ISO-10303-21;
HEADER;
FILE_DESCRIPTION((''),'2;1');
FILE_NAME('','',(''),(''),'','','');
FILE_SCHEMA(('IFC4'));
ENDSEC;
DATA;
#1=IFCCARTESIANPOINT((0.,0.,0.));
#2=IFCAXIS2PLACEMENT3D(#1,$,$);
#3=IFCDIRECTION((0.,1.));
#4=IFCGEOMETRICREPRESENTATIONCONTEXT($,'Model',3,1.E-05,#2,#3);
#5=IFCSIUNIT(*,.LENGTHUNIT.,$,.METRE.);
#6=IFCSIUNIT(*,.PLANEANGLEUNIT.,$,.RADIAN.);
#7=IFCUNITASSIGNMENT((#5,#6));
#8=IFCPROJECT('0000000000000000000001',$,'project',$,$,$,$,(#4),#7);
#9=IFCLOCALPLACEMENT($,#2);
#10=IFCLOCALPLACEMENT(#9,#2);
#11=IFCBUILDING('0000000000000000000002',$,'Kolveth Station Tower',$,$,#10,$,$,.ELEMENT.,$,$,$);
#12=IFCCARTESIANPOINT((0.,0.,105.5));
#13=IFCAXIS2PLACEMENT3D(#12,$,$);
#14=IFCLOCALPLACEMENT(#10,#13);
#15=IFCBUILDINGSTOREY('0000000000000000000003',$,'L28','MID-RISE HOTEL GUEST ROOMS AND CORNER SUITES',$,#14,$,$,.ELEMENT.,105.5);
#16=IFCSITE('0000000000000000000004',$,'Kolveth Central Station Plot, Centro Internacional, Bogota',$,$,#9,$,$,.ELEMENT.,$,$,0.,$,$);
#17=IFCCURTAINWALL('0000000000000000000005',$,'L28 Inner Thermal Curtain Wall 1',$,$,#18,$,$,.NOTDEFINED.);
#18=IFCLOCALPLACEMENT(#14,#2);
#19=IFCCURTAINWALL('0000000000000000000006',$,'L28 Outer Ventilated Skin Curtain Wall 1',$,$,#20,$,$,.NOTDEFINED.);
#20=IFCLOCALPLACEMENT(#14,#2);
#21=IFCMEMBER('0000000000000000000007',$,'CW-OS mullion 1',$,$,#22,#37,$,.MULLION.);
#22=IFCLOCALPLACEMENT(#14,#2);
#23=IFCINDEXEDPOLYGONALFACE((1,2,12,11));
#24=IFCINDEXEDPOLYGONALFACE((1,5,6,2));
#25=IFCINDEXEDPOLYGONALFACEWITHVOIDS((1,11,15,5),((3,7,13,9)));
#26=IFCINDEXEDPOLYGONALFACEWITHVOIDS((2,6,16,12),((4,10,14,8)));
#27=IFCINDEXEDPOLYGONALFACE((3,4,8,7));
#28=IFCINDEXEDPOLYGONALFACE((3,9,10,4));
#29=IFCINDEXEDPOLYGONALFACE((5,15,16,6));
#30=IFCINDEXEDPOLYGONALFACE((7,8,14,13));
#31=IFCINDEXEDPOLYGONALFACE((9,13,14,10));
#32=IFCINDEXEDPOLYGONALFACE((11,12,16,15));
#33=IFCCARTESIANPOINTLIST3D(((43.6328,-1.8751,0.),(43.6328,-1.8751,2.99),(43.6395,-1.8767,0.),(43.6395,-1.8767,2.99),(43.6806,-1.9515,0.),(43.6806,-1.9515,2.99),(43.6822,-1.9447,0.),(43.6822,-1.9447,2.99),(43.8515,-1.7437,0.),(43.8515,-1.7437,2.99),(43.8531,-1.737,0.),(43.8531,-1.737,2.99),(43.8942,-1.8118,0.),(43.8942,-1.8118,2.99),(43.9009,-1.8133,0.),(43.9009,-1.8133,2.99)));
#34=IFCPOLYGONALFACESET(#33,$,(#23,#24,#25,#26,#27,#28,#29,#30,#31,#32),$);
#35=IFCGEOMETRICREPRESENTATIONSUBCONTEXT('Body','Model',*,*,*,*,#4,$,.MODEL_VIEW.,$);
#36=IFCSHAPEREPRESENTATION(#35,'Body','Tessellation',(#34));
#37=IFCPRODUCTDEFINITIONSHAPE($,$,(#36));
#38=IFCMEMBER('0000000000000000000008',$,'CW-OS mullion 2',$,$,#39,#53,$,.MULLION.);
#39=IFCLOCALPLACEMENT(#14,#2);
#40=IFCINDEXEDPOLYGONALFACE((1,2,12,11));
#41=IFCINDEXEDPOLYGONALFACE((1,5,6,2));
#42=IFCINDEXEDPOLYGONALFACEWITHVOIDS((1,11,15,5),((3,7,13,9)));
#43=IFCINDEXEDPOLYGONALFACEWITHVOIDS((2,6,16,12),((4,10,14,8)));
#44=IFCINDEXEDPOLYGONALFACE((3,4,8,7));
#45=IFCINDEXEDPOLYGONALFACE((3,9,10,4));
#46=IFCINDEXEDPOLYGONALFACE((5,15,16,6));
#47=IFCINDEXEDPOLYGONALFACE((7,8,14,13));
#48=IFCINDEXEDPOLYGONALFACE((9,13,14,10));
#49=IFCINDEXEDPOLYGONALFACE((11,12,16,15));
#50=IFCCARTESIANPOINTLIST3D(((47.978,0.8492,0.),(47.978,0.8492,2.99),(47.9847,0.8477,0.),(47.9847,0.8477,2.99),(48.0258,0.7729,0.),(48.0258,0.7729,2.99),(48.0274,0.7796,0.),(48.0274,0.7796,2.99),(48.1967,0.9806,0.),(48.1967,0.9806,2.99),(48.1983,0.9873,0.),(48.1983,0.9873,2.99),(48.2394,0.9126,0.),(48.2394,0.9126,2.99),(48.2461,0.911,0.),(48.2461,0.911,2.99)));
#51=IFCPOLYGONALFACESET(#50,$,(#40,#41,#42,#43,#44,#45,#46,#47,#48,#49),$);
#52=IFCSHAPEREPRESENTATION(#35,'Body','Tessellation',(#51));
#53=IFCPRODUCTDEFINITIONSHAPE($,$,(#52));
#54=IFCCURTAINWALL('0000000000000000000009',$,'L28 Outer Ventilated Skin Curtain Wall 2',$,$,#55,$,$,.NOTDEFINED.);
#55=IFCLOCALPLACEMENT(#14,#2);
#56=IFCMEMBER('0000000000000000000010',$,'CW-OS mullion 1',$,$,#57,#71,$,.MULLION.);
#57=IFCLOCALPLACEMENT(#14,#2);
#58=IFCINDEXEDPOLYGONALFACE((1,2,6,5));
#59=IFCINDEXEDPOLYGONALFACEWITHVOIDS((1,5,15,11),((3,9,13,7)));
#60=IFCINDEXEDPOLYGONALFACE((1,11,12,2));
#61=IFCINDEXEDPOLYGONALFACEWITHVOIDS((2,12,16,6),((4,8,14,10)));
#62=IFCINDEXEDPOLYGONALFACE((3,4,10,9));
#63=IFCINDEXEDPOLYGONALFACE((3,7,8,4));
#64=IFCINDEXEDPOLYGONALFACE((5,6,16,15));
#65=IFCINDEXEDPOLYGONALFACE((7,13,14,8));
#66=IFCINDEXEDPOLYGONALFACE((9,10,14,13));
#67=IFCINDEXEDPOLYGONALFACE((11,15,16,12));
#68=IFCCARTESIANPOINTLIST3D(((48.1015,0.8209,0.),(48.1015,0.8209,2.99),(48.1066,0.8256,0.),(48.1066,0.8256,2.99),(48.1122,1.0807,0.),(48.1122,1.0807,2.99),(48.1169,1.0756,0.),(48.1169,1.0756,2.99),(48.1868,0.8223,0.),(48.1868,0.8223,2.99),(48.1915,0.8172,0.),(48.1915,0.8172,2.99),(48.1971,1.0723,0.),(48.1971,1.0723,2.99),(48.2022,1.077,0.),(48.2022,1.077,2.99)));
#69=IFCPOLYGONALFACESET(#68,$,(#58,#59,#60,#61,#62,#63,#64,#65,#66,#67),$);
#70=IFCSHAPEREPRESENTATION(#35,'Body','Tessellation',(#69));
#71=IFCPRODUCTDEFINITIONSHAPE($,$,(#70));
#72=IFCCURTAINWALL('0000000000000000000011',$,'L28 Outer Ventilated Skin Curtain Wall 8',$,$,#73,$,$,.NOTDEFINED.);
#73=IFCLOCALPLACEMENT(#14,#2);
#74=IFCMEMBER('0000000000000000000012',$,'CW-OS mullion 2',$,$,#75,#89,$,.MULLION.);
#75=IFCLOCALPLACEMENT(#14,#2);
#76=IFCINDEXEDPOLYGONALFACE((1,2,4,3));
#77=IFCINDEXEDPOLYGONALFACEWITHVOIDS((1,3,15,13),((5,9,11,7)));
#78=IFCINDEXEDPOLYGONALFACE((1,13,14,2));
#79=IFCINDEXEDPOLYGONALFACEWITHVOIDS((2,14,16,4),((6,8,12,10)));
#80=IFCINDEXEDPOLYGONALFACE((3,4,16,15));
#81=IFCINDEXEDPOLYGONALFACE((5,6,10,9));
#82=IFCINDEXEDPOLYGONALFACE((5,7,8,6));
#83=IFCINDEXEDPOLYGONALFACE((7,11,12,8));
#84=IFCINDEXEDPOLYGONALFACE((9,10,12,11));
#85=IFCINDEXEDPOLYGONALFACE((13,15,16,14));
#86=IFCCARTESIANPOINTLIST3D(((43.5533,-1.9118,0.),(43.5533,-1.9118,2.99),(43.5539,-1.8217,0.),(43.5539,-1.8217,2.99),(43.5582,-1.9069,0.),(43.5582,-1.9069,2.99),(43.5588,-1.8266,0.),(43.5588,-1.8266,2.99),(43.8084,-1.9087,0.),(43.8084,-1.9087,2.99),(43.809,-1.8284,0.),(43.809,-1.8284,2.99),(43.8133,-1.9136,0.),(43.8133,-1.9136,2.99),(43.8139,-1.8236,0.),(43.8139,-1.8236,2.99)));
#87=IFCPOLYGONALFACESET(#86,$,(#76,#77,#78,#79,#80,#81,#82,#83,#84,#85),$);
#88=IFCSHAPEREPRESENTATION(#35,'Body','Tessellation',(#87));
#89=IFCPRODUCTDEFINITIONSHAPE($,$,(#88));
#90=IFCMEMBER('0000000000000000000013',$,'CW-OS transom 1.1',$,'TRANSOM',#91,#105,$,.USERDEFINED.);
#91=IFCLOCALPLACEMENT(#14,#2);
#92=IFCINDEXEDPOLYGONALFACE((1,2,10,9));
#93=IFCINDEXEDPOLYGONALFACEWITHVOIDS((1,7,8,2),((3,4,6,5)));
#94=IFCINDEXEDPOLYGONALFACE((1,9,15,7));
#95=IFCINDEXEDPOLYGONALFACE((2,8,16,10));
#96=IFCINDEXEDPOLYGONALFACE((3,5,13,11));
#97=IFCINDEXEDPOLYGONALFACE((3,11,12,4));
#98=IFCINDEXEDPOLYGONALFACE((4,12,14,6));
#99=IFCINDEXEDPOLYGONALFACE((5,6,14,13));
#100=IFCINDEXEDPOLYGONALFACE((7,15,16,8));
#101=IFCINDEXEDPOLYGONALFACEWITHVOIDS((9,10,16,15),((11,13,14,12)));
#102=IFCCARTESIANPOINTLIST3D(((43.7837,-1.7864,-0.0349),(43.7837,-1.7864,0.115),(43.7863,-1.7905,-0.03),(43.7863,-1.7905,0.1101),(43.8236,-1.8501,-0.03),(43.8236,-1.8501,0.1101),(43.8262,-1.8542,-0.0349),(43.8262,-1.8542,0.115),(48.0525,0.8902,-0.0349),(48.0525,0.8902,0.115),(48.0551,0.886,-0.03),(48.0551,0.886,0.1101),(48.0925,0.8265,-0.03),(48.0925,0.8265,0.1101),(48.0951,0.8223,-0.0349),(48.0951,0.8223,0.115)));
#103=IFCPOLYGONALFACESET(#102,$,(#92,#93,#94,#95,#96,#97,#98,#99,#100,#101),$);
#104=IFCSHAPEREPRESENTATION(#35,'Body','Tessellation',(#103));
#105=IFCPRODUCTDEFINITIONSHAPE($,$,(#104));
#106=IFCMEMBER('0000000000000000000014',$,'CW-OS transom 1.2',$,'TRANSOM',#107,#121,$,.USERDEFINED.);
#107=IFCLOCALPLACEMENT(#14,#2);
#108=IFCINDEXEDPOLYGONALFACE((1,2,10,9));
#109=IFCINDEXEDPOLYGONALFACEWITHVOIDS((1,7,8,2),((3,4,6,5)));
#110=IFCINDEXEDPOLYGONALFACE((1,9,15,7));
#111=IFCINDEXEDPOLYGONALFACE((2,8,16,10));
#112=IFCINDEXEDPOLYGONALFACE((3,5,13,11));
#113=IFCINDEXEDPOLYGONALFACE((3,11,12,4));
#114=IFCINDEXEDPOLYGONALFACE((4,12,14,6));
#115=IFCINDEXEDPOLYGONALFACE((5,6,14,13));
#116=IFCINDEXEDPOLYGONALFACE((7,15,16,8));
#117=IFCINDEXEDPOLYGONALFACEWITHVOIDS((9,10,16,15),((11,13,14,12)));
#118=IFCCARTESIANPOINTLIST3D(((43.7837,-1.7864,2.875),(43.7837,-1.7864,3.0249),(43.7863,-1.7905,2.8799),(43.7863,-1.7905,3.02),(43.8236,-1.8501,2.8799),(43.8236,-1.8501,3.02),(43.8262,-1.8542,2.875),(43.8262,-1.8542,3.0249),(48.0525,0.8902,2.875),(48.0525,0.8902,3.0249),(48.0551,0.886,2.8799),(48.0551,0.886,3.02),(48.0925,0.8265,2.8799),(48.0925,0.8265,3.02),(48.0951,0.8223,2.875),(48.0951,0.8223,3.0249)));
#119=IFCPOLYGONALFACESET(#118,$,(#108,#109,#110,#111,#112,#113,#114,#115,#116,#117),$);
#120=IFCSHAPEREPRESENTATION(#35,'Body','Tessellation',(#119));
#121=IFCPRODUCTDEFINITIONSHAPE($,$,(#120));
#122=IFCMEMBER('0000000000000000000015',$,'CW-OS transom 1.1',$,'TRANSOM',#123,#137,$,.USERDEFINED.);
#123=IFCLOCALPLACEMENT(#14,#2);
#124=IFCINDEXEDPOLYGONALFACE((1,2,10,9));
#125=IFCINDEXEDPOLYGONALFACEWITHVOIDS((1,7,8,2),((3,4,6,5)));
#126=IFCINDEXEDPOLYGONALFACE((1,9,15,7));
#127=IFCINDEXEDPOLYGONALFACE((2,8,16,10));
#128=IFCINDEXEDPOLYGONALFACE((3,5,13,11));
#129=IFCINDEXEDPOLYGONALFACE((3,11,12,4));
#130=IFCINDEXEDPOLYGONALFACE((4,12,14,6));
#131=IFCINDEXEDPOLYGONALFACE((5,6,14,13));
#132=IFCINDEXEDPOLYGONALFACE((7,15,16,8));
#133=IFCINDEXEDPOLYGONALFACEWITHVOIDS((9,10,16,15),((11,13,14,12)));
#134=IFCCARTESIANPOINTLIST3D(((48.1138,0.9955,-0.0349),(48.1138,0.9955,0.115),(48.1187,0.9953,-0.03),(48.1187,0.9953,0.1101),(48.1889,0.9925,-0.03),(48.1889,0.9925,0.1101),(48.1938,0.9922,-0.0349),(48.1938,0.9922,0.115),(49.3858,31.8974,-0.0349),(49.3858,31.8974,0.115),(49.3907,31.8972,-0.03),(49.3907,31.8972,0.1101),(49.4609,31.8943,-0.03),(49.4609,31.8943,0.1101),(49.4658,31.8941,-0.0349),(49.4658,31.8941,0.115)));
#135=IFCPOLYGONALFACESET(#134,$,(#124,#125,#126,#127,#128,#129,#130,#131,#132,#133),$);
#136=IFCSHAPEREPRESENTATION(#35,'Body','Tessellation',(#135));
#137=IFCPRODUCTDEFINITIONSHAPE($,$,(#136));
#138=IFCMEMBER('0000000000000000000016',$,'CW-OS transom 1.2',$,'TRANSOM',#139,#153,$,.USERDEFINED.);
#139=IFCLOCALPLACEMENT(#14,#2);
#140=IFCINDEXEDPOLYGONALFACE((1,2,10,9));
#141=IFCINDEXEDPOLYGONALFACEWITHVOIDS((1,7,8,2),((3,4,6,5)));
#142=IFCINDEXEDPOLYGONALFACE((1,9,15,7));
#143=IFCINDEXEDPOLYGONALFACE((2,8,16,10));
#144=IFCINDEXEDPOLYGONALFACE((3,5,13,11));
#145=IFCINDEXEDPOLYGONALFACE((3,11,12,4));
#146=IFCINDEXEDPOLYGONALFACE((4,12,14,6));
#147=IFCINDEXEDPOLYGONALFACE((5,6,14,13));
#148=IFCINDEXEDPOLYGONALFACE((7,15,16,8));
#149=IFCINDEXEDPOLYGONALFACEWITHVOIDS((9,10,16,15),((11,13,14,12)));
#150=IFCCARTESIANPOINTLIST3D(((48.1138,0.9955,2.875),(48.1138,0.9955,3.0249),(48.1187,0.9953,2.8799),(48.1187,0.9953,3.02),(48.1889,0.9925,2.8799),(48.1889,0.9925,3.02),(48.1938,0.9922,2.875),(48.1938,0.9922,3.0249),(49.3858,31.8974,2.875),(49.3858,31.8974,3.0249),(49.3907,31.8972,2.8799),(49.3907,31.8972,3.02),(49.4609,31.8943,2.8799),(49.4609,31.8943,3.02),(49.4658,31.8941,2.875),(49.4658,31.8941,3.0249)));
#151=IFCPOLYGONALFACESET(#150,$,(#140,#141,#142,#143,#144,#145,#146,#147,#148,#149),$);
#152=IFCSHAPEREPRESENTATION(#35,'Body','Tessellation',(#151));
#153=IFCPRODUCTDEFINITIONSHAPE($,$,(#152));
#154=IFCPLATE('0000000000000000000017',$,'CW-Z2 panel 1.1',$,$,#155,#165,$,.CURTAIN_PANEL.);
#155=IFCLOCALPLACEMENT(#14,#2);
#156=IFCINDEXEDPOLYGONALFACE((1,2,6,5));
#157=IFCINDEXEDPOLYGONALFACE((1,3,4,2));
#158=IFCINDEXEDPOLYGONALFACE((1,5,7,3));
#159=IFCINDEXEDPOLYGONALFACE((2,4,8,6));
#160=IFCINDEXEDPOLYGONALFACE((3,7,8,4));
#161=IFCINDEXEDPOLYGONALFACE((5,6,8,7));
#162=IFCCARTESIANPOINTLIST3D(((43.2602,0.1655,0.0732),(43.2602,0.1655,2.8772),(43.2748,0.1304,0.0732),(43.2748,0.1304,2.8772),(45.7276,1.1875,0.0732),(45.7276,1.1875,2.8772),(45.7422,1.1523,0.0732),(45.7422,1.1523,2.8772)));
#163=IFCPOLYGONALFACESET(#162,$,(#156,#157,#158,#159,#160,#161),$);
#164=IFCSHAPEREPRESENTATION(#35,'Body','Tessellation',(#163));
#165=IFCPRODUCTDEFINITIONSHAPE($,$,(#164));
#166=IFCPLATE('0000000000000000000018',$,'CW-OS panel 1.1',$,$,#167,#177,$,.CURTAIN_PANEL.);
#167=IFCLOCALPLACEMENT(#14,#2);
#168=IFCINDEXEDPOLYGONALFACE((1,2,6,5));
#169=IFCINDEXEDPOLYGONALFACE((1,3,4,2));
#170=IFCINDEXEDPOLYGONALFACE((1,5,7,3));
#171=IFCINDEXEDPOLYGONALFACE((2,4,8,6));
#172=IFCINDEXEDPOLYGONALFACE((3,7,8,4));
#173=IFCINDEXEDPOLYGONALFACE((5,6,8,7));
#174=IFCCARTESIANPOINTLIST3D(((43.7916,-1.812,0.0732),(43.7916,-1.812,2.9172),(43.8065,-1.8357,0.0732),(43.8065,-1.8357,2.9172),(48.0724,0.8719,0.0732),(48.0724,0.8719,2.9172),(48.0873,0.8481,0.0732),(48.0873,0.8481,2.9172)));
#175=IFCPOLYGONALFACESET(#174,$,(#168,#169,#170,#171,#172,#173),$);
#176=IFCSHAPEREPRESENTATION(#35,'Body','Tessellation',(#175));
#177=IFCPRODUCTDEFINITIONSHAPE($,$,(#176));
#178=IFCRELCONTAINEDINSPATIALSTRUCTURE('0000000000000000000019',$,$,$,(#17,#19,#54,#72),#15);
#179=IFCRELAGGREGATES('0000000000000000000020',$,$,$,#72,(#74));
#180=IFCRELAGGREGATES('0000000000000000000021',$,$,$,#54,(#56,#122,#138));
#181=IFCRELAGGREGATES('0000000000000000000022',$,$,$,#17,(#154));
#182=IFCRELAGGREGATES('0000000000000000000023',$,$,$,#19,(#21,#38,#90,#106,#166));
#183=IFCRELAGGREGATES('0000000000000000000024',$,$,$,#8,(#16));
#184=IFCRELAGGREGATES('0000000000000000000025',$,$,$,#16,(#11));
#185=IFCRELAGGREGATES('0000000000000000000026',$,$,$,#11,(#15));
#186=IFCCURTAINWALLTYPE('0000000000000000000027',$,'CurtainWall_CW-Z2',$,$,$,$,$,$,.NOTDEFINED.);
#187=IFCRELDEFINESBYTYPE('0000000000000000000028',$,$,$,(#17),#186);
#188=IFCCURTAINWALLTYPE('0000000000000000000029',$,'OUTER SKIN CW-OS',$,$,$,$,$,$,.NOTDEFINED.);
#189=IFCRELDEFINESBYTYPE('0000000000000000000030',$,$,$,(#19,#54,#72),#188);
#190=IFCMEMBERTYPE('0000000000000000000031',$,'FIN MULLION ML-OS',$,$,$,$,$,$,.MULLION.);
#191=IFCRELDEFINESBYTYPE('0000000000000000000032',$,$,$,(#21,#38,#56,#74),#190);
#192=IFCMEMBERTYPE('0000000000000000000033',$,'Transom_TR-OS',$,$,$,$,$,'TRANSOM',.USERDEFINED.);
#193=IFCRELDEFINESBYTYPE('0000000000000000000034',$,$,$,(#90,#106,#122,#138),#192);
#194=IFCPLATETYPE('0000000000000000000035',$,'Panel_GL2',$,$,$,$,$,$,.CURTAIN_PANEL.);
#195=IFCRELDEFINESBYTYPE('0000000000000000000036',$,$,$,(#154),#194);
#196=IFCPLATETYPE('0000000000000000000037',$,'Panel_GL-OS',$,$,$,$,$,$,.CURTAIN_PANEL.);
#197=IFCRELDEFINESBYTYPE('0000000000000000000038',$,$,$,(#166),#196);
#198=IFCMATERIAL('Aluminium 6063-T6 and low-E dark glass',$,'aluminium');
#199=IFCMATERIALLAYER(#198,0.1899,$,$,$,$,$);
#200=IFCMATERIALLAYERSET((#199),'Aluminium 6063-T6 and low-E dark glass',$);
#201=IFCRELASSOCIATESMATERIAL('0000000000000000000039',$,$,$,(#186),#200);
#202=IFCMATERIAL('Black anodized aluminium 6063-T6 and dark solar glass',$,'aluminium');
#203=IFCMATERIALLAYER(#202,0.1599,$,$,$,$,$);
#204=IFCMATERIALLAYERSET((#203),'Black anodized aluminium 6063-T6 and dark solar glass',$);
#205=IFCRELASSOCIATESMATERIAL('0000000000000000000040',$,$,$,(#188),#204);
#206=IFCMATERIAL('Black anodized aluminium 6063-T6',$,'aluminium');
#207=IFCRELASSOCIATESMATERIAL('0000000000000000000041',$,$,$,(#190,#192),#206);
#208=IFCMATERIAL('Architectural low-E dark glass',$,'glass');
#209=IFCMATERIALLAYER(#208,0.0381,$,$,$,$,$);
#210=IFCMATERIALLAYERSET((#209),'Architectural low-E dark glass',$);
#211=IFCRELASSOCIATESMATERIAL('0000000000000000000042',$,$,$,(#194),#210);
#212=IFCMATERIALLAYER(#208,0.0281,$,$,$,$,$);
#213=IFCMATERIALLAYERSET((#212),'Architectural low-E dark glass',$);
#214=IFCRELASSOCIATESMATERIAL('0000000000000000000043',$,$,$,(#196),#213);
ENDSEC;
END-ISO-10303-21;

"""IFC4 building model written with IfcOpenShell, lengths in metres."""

from ifc_helpers import new_model, si_unit, direction, frame, origin, origin_2d, place, context, subcontext, project, spatial, rectangle, hollow_rectangle, extrude, source, transform, mapped, material, layer, layer_set, material_profile, profile_set, type_object, element, aggregate, save


model = new_model("IFC4")

# Units and contexts
model_context = context("Model", 3, precision=1e-05, world=origin(), true_north=direction((0.0, 1.0)))
body_context = subcontext(model_context, "Body", "Model", "MODEL_VIEW")
ifc_project = project(units=[si_unit("LENGTHUNIT", "METRE"), si_unit("PLANEANGLEUNIT", "RADIAN")], contexts=[model_context])

# Site, building, storey
site_placement = place(None, origin())
site = spatial("IfcSite", under=ifc_project, at=site_placement, Name="Kolveth Central Station Plot, Centro Internacional, Bogota", CompositionType="ELEMENT", RefElevation=0.0)
building_placement = place(site_placement, origin())
building = spatial("IfcBuilding", under=site, at=building_placement, Name="Kolveth Station Tower", CompositionType="ELEMENT")
storey_placement = place(building_placement, frame((0.0, 0.0, 105.5)))
storey = spatial("IfcBuildingStorey", under=building, at=storey_placement, Name="L28", Description="MID-RISE HOTEL GUEST ROOMS AND CORNER SUITES", CompositionType="ELEMENT", Elevation=105.5)

# Curtain wall
ifc_material_1 = material(Name="Aluminium 6063-T6 and low-E dark glass", Category="aluminium")
ifc_layer_1 = layer(ifc_material_1, 0.1899)
ifc_layer_set_1 = layer_set([ifc_layer_1], Name="Aluminium 6063-T6 and low-E dark glass")
curtain_wall_type_1 = type_object("IfcCurtainWallType", Name="CurtainWall_CW-Z2", PredefinedType="NOTDEFINED", material=ifc_layer_set_1)
curtain_wall_1_placement = place(storey_placement, origin())
curtain_wall_1 = element("IfcCurtainWall", 1, at=curtain_wall_1_placement, inside=storey, type_object=curtain_wall_type_1, Name="L28 Inner Thermal Curtain Wall 1", PredefinedType="NOTDEFINED")
ifc_material_2 = material(Name="Black anodized aluminium 6063-T6", Category="aluminium")

# Curtain wall, members
ifc_material_3 = material(Name="Black anodized aluminium 6063-T6 and dark solar glass", Category="aluminium")
ifc_layer_2 = layer(ifc_material_3, 0.1599)
ifc_layer_set_2 = layer_set([ifc_layer_2], Name="Black anodized aluminium 6063-T6 and dark solar glass")
curtain_wall_type_2 = type_object("IfcCurtainWallType", Name="OUTER SKIN CW-OS", PredefinedType="NOTDEFINED", material=ifc_layer_set_2)
curtain_wall_2_placement = place(storey_placement, origin())
curtain_wall_2 = element("IfcCurtainWall", 2, at=curtain_wall_2_placement, inside=storey, type_object=curtain_wall_type_2, Name="L28 Outer Ventilated Skin Curtain Wall 1", PredefinedType="NOTDEFINED")
ifc_material_profile_1 = material_profile(ifc_material_2, hollow_rectangle(XDim=0.0901, YDim=0.26, WallThickness=0.0049, at=origin_2d()), Name="ALU-90x260x5")
ifc_profile_set_1 = profile_set([ifc_material_profile_1], Name="Black anodized aluminium 6063-T6")
member_type_1 = type_object("IfcMemberType", Name="FIN MULLION ML-OS", PredefinedType="MULLION", material=ifc_profile_set_1)
shared_shape_1 = source(origin(), body_context, "Body", "SweptSolid", [
    extrude(hollow_rectangle(XDim=0.0901, YDim=0.26, WallThickness=0.0049, at=origin_2d()), origin(), (0.0, 0.0, 1.0), 2.99),
])
member_1_placement = place(storey_placement, frame((43.7668, -1.8442, 0.0), z_axis=(0.0, 0.0, 1.0), x_axis=(-0.531192, 0.847251, 0.0)))
member_1 = element("IfcMember", 3, at=member_1_placement, type_object=member_type_1, Name="CW-OS mullion 1", PredefinedType="MULLION", context=body_context, shape_type="MappedRepresentation", body=[
    mapped(shared_shape_1, transform((0.0, 0.0, 0.0), x_axis=(1.0, 0.0, 0.0), y_axis=(0.0, 1.0, 0.0), z_axis=(0.0, 0.0, 1.0), scale=1.0)),
])
member_2_placement = place(storey_placement, frame((48.1121, 0.8801, 0.0), z_axis=(0.0, 0.0, 1.0), x_axis=(-0.531192, 0.847251, 0.0)))
member_2 = element("IfcMember", 4, at=member_2_placement, type_object=member_type_1, Name="CW-OS mullion 2", PredefinedType="MULLION", context=body_context, shape_type="MappedRepresentation", body=[
    mapped(shared_shape_1, transform((0.0, 0.0, 0.0), x_axis=(1.0, 0.0, 0.0), y_axis=(0.0, 1.0, 0.0), z_axis=(0.0, 0.0, 1.0), scale=1.0)),
])

# Curtain walls, members
curtain_wall_3_placement = place(storey_placement, origin())
curtain_wall_3 = element("IfcCurtainWall", 5, at=curtain_wall_3_placement, inside=storey, type_object=curtain_wall_type_2, Name="L28 Outer Ventilated Skin Curtain Wall 2", PredefinedType="NOTDEFINED")
member_3_placement = place(storey_placement, frame((48.1519, 0.949, 0.0), z_axis=(0.0, 0.0, 1.0), x_axis=(-0.999154, 0.041128, 0.0)))
member_3 = element("IfcMember", 6, at=member_3_placement, type_object=member_type_1, Name="CW-OS mullion 1", PredefinedType="MULLION", context=body_context, shape_type="MappedRepresentation", body=[
    mapped(shared_shape_1, transform((0.0, 0.0, 0.0), x_axis=(1.0, 0.0, 0.0), y_axis=(0.0, 1.0, 0.0), z_axis=(0.0, 0.0, 1.0), scale=1.0)),
])
curtain_wall_4_placement = place(storey_placement, origin())
curtain_wall_4 = element("IfcCurtainWall", 7, at=curtain_wall_4_placement, inside=storey, type_object=curtain_wall_type_2, Name="L28 Outer Ventilated Skin Curtain Wall 8", PredefinedType="NOTDEFINED")
member_4_placement = place(storey_placement, frame((43.6836, -1.8677, 0.0), z_axis=(0.0, 0.0, 1.0), x_axis=(0.007148, 0.999974, 0.0)))
member_4 = element("IfcMember", 8, at=member_4_placement, type_object=member_type_1, Name="CW-OS mullion 2", PredefinedType="MULLION", context=body_context, shape_type="MappedRepresentation", body=[
    mapped(shared_shape_1, transform((0.0, 0.0, 0.0), x_axis=(1.0, 0.0, 0.0), y_axis=(0.0, 1.0, 0.0), z_axis=(0.0, 0.0, 1.0), scale=1.0)),
])
aggregate(curtain_wall_4, [member_4])

# Members
ifc_material_profile_2 = material_profile(ifc_material_2, hollow_rectangle(XDim=0.0801, YDim=0.1499, WallThickness=0.0049, at=origin_2d()), Name="ALU-80x150x5")
ifc_profile_set_2 = profile_set([ifc_material_profile_2], Name="Black anodized aluminium 6063-T6")
member_type_2 = type_object("IfcMemberType", Name="Transom_TR-OS", ElementType="TRANSOM", PredefinedType="USERDEFINED", material=ifc_profile_set_2)
shared_shape_2 = source(origin(), body_context, "Body", "SweptSolid", [
    extrude(hollow_rectangle(XDim=0.0801, YDim=0.1499, WallThickness=0.0049, at=origin_2d()), origin(), (0.0, 0.0, 1.0), 5.0386),
])
member_5_placement = place(storey_placement, frame((43.8049, -1.8203, 0.04), z_axis=(0.847238, 0.531214, 0.0), x_axis=(-0.531214, 0.847238, 0.0)))
member_5 = element("IfcMember", 9, at=member_5_placement, type_object=member_type_2, Name="CW-OS transom 1.1", ObjectType="TRANSOM", PredefinedType="USERDEFINED", context=body_context, shape_type="MappedRepresentation", body=[
    mapped(shared_shape_2, transform((0.0, 0.0, 0.0), x_axis=(1.0, 0.0, 0.0), y_axis=(0.0, 1.0, 0.0), z_axis=(0.0, 0.0, 1.0), scale=1.0)),
])
member_6_placement = place(storey_placement, frame((43.8049, -1.8203, 2.95), z_axis=(0.847238, 0.531214, 0.0), x_axis=(-0.531214, 0.847238, 0.0)))
member_6 = element("IfcMember", 10, at=member_6_placement, type_object=member_type_2, Name="CW-OS transom 1.2", ObjectType="TRANSOM", PredefinedType="USERDEFINED", context=body_context, shape_type="MappedRepresentation", body=[
    mapped(shared_shape_2, transform((0.0, 0.0, 0.0), x_axis=(1.0, 0.0, 0.0), y_axis=(0.0, 1.0, 0.0), z_axis=(0.0, 0.0, 1.0), scale=1.0)),
])
shared_shape_3 = source(origin(), body_context, "Body", "SweptSolid", [
    extrude(hollow_rectangle(XDim=0.0801, YDim=0.1499, WallThickness=0.0049, at=origin_2d()), origin(), (0.0, 0.0, 1.0), 30.928),
])
member_7_placement = place(storey_placement, frame((48.1538, 0.9939, 0.04), z_axis=(0.041127, 0.999154, 0.0), x_axis=(-0.999154, 0.041127, 0.0)))
member_7 = element("IfcMember", 11, at=member_7_placement, type_object=member_type_2, Name="CW-OS transom 1.1", ObjectType="TRANSOM", PredefinedType="USERDEFINED", context=body_context, shape_type="MappedRepresentation", body=[
    mapped(shared_shape_3, transform((0.0, 0.0, 0.0), x_axis=(1.0, 0.0, 0.0), y_axis=(0.0, 1.0, 0.0), z_axis=(0.0, 0.0, 1.0), scale=1.0)),
])
member_8_placement = place(storey_placement, frame((48.1538, 0.9939, 2.95), z_axis=(0.041127, 0.999154, 0.0), x_axis=(-0.999154, 0.041127, 0.0)))
member_8 = element("IfcMember", 12, at=member_8_placement, type_object=member_type_2, Name="CW-OS transom 1.2", ObjectType="TRANSOM", PredefinedType="USERDEFINED", context=body_context, shape_type="MappedRepresentation", body=[
    mapped(shared_shape_3, transform((0.0, 0.0, 0.0), x_axis=(1.0, 0.0, 0.0), y_axis=(0.0, 1.0, 0.0), z_axis=(0.0, 0.0, 1.0), scale=1.0)),
])
aggregate(curtain_wall_3, [member_3, member_7, member_8])

# Plates
ifc_material_4 = material(Name="Architectural low-E dark glass", Category="glass")
ifc_layer_3 = layer(ifc_material_4, 0.0381)
ifc_layer_set_3 = layer_set([ifc_layer_3], Name="Architectural low-E dark glass")
plate_type_1 = type_object("IfcPlateType", Name="Panel_GL2", PredefinedType="CURTAIN_PANEL", material=ifc_layer_set_3)
shared_shape_4 = source(origin(), body_context, "Body", "SweptSolid", [
    extrude(rectangle(XDim=2.6707, YDim=0.0381, at=origin_2d()), origin(), (0.0, 0.0, 1.0), 2.804),
])
plate_1_placement = place(storey_placement, frame((44.5012, 0.6589, 0.0732), z_axis=(0.0, 0.0, 1.0), x_axis=(0.923888, 0.382663, 0.0)))
plate_1 = element("IfcPlate", 13, at=plate_1_placement, type_object=plate_type_1, Name="CW-Z2 panel 1.1", PredefinedType="CURTAIN_PANEL", context=body_context, shape_type="MappedRepresentation", body=[
    mapped(shared_shape_4, transform((0.0, 0.0, 0.0), x_axis=(1.0, 0.0, 0.0), y_axis=(0.0, 1.0, 0.0), z_axis=(0.0, 0.0, 1.0), scale=1.0)),
])
aggregate(curtain_wall_1, [plate_1])
ifc_layer_4 = layer(ifc_material_4, 0.0281)
ifc_layer_set_4 = layer_set([ifc_layer_4], Name="Architectural low-E dark glass")
plate_type_2 = type_object("IfcPlateType", Name="Panel_GL-OS", PredefinedType="CURTAIN_PANEL", material=ifc_layer_set_4)
shared_shape_5 = source(origin(), body_context, "Body", "SweptSolid", [
    extrude(rectangle(XDim=5.0525, YDim=0.0281, at=origin_2d()), origin(), (0.0, 0.0, 1.0), 2.844),
])
plate_2_placement = place(storey_placement, frame((45.9395, -0.4819, 0.0732), z_axis=(0.0, 0.0, 1.0), x_axis=(0.847251, 0.531192, 0.0)))
plate_2 = element("IfcPlate", 14, at=plate_2_placement, type_object=plate_type_2, Name="CW-OS panel 1.1", PredefinedType="CURTAIN_PANEL", context=body_context, shape_type="MappedRepresentation", body=[
    mapped(shared_shape_5, transform((0.0, 0.0, 0.0), x_axis=(1.0, 0.0, 0.0), y_axis=(0.0, 1.0, 0.0), z_axis=(0.0, 0.0, 1.0), scale=1.0)),
])
aggregate(curtain_wall_2, [member_1, member_2, member_5, member_6, plate_2])

save(model, "model.ifc")
